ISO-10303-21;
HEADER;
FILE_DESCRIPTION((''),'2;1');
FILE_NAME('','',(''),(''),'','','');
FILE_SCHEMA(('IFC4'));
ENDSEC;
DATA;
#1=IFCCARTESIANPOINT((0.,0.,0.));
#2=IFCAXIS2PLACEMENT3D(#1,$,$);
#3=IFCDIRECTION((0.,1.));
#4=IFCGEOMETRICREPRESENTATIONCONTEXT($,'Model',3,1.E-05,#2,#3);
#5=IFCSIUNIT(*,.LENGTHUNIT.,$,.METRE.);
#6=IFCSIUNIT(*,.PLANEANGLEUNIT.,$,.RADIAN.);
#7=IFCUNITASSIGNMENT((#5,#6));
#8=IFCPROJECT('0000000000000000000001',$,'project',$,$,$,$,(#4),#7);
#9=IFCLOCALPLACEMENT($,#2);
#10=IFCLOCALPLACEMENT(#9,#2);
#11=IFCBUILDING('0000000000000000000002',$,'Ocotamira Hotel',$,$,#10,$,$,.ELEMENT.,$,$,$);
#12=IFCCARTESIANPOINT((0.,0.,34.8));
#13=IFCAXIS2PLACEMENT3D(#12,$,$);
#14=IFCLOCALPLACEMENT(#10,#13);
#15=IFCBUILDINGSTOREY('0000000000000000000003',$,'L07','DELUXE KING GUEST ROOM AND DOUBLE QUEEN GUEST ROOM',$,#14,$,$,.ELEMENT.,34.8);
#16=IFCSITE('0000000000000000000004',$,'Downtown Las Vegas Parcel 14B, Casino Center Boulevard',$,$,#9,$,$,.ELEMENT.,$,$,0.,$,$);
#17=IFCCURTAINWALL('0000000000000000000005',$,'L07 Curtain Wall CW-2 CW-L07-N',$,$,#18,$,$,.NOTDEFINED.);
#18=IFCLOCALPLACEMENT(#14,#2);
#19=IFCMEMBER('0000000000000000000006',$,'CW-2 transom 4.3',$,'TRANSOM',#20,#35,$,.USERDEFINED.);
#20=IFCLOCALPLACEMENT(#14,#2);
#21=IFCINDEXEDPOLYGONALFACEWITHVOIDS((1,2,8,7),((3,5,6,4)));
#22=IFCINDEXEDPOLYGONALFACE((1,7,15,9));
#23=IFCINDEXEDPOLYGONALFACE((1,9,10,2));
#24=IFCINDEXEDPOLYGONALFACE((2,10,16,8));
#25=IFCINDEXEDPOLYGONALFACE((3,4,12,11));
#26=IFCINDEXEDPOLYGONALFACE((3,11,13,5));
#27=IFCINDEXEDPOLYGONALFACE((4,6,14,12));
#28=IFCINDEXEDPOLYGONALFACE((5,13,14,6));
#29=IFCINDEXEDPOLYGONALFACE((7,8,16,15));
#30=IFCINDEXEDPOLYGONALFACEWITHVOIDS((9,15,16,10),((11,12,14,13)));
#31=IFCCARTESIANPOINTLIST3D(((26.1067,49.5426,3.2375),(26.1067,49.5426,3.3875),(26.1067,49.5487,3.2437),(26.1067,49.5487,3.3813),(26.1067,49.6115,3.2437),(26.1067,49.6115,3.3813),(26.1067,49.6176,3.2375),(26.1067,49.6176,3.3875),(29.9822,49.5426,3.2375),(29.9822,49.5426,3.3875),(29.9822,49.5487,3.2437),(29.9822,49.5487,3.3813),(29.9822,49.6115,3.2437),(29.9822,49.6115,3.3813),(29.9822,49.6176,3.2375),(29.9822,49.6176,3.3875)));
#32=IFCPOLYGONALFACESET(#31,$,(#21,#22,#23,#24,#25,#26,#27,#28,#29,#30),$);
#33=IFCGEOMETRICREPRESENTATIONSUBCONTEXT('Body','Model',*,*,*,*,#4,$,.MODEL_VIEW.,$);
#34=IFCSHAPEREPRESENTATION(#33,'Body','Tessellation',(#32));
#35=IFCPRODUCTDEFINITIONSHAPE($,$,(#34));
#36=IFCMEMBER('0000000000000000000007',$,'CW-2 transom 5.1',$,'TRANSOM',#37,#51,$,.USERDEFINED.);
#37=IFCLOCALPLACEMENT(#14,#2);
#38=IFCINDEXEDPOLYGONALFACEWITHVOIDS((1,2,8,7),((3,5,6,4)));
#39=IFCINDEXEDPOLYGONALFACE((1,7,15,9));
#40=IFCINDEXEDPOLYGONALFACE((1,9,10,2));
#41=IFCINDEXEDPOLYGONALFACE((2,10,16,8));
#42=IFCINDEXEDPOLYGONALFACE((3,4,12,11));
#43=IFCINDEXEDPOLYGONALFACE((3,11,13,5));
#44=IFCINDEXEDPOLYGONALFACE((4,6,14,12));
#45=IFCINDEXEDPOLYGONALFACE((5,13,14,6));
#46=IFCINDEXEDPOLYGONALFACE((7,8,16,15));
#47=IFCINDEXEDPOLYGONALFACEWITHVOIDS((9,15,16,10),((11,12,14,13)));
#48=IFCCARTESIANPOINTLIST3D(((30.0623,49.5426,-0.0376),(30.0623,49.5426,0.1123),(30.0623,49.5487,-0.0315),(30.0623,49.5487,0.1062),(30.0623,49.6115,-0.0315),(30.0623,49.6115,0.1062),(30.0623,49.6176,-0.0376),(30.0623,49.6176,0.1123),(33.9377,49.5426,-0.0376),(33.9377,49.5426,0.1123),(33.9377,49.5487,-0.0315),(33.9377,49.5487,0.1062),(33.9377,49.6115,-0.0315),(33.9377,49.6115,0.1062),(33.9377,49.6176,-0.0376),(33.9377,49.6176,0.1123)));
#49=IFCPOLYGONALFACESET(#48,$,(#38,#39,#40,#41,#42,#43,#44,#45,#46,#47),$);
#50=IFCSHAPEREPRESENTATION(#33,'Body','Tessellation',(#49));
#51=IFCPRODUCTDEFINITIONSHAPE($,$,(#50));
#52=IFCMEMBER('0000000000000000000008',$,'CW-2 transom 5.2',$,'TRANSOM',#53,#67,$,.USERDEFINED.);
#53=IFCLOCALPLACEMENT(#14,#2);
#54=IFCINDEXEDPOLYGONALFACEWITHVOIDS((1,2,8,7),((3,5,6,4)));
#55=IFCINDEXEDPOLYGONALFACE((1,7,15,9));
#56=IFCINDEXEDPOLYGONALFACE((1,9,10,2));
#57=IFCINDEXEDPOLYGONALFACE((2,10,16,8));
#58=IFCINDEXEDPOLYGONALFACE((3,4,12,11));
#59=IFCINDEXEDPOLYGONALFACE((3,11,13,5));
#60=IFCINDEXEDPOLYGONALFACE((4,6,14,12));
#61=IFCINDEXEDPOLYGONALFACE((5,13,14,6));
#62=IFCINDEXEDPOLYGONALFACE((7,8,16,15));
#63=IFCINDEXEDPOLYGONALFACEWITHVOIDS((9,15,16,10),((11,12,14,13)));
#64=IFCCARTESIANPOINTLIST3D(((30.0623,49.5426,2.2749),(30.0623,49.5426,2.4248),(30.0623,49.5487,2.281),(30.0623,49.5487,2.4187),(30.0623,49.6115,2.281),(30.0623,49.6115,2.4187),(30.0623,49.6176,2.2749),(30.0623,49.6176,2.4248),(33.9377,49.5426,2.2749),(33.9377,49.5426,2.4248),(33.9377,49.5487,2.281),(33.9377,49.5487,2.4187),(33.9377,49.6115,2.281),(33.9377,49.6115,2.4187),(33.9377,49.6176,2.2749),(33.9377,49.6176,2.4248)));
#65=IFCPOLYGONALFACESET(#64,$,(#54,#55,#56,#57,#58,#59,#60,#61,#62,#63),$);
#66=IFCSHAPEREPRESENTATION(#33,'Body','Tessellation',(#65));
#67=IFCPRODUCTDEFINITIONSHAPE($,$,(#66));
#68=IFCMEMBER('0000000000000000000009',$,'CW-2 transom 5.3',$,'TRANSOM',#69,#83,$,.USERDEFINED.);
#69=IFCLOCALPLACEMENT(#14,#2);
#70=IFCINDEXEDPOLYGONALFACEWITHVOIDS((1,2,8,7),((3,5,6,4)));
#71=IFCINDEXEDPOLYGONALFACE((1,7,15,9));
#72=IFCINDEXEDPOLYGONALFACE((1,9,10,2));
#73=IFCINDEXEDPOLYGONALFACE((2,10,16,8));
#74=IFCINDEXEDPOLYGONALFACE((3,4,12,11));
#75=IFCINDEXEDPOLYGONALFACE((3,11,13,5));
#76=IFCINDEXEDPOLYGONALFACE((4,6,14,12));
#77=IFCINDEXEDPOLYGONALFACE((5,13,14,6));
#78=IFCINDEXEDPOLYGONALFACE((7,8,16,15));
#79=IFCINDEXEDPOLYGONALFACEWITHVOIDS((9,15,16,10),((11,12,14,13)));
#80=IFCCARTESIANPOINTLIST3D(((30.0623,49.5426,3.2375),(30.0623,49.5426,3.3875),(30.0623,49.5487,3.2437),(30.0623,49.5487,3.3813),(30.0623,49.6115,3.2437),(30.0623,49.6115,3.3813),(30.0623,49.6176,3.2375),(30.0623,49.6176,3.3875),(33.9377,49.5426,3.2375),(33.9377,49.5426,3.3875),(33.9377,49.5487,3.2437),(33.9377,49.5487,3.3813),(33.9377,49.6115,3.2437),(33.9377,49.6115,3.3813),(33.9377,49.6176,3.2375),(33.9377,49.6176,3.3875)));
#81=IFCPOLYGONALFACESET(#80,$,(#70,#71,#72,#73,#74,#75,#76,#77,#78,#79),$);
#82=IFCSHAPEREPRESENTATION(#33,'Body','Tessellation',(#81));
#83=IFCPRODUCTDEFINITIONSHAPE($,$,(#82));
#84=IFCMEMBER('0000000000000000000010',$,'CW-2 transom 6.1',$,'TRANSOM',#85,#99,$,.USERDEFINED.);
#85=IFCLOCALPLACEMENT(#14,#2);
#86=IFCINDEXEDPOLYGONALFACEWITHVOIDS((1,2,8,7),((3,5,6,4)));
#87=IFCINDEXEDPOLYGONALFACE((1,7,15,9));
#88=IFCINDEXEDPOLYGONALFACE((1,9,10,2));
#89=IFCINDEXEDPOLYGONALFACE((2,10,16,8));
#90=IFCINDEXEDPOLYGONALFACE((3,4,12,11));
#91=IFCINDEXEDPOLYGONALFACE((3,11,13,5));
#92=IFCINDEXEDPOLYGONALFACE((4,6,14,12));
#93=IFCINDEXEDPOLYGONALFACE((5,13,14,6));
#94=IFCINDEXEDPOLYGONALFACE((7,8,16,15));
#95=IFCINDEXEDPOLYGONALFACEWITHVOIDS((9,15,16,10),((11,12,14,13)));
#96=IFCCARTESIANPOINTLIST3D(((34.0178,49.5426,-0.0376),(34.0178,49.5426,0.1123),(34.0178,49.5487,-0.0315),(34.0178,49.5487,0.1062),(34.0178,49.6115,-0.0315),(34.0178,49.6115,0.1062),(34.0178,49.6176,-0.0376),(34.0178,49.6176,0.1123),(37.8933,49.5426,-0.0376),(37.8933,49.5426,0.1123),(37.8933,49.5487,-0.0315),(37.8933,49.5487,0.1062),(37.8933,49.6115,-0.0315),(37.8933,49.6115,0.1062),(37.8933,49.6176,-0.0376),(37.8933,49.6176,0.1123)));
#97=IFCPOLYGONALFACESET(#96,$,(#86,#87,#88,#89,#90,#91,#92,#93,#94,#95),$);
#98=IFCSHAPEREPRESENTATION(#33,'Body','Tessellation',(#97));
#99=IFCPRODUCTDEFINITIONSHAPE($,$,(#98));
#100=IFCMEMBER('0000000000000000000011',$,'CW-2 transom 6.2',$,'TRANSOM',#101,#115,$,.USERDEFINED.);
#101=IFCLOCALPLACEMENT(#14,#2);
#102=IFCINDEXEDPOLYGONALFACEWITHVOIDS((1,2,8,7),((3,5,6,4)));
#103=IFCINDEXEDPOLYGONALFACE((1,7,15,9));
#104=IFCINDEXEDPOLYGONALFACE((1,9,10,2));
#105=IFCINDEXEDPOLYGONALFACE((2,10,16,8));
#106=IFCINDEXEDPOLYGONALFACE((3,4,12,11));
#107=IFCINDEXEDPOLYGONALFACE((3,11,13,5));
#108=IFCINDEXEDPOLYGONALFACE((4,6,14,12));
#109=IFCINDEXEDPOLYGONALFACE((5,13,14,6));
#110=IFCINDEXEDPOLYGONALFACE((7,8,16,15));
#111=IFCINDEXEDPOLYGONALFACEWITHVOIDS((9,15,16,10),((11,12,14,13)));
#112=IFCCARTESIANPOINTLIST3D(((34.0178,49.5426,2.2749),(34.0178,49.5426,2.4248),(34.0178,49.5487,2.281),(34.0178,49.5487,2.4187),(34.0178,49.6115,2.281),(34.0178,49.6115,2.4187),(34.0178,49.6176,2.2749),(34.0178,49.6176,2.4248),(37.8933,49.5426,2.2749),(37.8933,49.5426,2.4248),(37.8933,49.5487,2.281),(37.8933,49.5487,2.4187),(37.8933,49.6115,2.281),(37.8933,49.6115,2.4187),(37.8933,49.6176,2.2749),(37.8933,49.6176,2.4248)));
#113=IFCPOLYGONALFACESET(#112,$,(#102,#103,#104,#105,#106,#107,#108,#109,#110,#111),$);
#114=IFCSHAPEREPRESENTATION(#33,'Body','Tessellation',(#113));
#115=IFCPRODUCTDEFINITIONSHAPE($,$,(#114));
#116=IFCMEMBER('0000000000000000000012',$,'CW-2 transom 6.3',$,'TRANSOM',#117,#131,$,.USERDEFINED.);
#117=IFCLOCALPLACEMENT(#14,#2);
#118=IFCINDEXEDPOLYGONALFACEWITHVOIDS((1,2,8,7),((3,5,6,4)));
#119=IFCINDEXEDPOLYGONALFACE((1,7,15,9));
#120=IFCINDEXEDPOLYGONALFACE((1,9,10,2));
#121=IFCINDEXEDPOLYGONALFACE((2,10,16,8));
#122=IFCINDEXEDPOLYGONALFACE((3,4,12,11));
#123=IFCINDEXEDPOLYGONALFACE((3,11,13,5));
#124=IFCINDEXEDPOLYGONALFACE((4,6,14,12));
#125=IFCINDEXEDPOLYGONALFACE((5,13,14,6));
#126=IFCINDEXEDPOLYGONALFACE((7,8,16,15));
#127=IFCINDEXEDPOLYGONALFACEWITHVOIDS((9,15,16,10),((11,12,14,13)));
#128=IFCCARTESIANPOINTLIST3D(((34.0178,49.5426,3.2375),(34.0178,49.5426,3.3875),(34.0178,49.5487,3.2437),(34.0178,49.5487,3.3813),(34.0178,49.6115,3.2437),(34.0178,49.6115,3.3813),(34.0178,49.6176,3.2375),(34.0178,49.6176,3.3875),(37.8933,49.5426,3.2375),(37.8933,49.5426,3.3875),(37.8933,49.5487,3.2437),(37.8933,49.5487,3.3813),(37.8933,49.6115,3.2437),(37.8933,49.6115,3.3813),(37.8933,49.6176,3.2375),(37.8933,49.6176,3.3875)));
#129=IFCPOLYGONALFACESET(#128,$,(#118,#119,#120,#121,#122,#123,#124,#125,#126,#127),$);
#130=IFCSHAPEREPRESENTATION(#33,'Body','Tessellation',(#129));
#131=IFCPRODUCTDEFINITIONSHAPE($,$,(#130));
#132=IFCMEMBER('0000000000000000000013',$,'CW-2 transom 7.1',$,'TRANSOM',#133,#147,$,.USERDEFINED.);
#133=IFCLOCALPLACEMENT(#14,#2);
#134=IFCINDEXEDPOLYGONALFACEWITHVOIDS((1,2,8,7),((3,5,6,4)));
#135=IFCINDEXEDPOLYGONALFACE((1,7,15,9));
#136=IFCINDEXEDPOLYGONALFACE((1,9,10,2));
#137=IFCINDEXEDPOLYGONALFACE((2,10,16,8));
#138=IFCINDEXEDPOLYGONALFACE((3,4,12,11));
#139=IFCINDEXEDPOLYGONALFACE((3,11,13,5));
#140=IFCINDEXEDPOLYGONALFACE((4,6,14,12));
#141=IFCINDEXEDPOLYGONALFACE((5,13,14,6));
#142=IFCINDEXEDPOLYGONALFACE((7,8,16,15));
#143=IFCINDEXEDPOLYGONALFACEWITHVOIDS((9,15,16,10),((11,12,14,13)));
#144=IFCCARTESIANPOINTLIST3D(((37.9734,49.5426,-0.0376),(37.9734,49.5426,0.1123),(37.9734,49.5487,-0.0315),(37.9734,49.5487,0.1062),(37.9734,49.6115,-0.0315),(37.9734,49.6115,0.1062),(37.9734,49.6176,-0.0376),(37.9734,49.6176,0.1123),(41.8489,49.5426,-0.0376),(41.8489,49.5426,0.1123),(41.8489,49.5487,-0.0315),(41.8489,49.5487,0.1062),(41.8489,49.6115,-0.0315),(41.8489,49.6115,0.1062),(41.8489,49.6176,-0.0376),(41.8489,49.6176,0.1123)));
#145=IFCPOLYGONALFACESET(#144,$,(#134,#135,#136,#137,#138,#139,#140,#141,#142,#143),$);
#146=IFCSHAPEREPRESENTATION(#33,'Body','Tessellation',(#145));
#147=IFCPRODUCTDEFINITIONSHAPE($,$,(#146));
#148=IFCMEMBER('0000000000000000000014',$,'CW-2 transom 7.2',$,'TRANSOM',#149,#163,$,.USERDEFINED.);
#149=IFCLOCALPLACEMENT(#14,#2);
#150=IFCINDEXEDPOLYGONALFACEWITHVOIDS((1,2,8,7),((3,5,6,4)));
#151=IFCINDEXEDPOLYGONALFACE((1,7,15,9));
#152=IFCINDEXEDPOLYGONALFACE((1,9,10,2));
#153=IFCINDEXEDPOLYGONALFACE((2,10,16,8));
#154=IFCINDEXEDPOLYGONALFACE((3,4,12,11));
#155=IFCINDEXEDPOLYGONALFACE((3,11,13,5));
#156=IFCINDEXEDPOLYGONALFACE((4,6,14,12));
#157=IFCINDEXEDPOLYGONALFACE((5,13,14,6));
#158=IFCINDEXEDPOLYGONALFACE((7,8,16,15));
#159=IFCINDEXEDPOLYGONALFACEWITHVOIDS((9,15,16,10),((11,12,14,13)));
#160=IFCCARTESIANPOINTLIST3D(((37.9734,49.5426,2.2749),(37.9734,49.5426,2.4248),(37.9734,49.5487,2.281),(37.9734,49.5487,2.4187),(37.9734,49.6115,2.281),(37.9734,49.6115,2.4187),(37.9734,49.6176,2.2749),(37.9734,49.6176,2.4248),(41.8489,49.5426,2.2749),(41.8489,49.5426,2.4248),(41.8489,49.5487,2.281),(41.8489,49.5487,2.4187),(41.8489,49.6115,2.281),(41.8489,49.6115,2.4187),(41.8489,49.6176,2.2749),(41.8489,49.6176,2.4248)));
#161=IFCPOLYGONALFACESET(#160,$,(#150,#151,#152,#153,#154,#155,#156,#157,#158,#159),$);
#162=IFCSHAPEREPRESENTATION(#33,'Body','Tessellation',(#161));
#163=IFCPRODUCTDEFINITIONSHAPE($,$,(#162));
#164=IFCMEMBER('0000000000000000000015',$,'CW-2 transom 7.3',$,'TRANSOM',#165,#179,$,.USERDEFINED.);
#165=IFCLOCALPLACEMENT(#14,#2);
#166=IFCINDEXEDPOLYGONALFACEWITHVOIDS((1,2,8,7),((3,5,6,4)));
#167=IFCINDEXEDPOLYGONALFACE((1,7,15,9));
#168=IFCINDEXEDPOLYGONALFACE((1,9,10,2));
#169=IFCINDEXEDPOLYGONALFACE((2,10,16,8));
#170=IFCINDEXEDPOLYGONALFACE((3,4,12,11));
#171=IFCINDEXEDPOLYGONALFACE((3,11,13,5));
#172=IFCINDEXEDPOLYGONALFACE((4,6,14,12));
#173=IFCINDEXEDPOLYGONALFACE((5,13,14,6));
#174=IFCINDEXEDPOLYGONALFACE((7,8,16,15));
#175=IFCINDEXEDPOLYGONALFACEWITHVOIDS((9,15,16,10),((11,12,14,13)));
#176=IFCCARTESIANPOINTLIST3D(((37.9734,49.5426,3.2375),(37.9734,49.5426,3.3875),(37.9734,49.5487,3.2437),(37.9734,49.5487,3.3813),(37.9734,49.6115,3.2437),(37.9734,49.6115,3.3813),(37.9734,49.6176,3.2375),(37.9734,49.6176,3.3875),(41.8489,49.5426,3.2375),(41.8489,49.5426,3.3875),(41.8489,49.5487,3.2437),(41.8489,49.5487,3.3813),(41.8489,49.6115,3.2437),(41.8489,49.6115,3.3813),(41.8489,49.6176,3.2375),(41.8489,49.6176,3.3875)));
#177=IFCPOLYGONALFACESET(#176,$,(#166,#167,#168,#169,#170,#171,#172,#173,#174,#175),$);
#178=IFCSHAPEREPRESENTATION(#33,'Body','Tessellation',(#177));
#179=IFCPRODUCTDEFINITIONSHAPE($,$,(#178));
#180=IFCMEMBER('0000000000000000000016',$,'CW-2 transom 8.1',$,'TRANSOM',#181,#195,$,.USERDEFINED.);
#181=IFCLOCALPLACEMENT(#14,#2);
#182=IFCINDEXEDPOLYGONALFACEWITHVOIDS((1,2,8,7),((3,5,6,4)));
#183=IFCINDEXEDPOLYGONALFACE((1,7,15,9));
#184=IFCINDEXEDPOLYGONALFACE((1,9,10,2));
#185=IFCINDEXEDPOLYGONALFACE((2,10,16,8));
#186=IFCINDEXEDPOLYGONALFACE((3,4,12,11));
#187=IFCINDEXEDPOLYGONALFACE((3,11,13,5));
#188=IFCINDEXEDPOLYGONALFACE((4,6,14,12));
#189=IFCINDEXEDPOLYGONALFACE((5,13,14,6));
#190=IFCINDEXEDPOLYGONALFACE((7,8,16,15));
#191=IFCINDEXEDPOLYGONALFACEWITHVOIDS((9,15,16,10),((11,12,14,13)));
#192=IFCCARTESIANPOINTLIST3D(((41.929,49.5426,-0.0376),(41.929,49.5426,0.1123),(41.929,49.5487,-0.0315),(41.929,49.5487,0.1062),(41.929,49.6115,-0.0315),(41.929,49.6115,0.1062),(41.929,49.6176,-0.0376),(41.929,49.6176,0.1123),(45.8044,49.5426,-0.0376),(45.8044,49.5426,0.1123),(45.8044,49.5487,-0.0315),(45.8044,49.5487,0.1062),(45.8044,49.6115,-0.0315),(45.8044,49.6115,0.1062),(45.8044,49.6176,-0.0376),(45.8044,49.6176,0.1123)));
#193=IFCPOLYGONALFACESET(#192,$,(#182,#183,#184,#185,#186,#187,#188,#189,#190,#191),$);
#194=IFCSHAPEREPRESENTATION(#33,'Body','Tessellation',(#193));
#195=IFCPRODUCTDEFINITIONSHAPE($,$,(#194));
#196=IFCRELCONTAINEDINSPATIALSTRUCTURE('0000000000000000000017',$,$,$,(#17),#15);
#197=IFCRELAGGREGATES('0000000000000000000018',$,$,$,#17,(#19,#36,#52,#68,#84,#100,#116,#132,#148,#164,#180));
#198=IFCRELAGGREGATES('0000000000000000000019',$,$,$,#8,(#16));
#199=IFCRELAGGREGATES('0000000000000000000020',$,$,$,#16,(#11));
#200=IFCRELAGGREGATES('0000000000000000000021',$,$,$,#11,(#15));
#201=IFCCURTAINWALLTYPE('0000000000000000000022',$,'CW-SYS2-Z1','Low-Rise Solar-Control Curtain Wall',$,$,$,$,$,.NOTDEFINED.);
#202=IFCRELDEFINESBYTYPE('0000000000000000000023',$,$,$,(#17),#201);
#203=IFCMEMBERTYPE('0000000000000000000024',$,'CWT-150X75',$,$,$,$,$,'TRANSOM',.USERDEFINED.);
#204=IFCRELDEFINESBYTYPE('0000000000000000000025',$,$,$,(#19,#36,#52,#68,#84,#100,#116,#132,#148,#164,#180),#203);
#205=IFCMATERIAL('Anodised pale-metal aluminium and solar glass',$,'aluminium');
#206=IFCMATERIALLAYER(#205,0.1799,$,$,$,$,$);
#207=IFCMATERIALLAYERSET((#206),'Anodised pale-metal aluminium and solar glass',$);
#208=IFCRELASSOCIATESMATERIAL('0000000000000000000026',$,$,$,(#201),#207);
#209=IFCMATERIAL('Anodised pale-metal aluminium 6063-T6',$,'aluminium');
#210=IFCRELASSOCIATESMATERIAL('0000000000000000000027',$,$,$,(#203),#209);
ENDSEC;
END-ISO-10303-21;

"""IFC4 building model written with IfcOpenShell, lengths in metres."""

from ifc_helpers import new_model, si_unit, direction, frame, origin, origin_2d, place, context, subcontext, project, spatial, hollow_rectangle, extrude, source, transform, mapped, material, layer, layer_set, material_profile, profile_set, type_object, element, aggregate, save


model = new_model("IFC4")

# Units and contexts
model_context = context("Model", 3, precision=1e-05, world=origin(), true_north=direction((0.0, 1.0)))
body_context = subcontext(model_context, "Body", "Model", "MODEL_VIEW")
ifc_project = project(units=[si_unit("LENGTHUNIT", "METRE"), si_unit("PLANEANGLEUNIT", "RADIAN")], contexts=[model_context])

# Site, building, storey
site_placement = place(None, origin())
site = spatial("IfcSite", under=ifc_project, at=site_placement, Name="Downtown Las Vegas Parcel 14B, Casino Center Boulevard", CompositionType="ELEMENT", RefElevation=0.0)
building_placement = place(site_placement, origin())
building = spatial("IfcBuilding", under=site, at=building_placement, Name="Ocotamira Hotel", CompositionType="ELEMENT")
storey_placement = place(building_placement, frame((0.0, 0.0, 34.8)))
storey = spatial("IfcBuildingStorey", under=building, at=storey_placement, Name="L07", Description="DELUXE KING GUEST ROOM AND DOUBLE QUEEN GUEST ROOM", CompositionType="ELEMENT", Elevation=34.8)

# Curtain wall, members
ifc_material_1 = material(Name="Anodised pale-metal aluminium and solar glass", Category="aluminium")
ifc_layer_1 = layer(ifc_material_1, 0.1799)
ifc_layer_set_1 = layer_set([ifc_layer_1], Name="Anodised pale-metal aluminium and solar glass")
curtain_wall_type = type_object("IfcCurtainWallType", Name="CW-SYS2-Z1", Description="Low-Rise Solar-Control Curtain Wall", PredefinedType="NOTDEFINED", material=ifc_layer_set_1)
curtain_wall_placement = place(storey_placement, origin())
curtain_wall = element("IfcCurtainWall", 1, at=curtain_wall_placement, inside=storey, type_object=curtain_wall_type, Name="L07 Curtain Wall CW-2 CW-L07-N", PredefinedType="NOTDEFINED")
ifc_material_2 = material(Name="Anodised pale-metal aluminium 6063-T6", Category="aluminium")
ifc_material_profile_1 = material_profile(ifc_material_2, hollow_rectangle(XDim=0.075, YDim=0.1499, WallThickness=0.0061, at=origin_2d()), Name="HSS150X75X6")
ifc_profile_set_1 = profile_set([ifc_material_profile_1], Name="Anodised pale-metal aluminium 6063-T6")
member_type_1 = type_object("IfcMemberType", Name="CWT-150X75", ElementType="TRANSOM", PredefinedType="USERDEFINED", material=ifc_profile_set_1)
shared_shape_1 = source(origin(), body_context, "Body", "SweptSolid", [
    extrude(hollow_rectangle(XDim=0.075, YDim=0.1499, WallThickness=0.0061, at=origin_2d()), origin(), (0.0, 0.0, 1.0), 3.8755),
])
member_1_placement = place(storey_placement, frame((26.1067, 49.5801, 3.3125), z_axis=(1.0, 0.0, 0.0), x_axis=(0.0, 1.0, 0.0)))
member_1 = element("IfcMember", 2, at=member_1_placement, type_object=member_type_1, Name="CW-2 transom 4.3", ObjectType="TRANSOM", PredefinedType="USERDEFINED", context=body_context, shape_type="MappedRepresentation", body=[
    mapped(shared_shape_1, transform((0.0, 0.0, 0.0), scale=1.0)),
])
member_2_placement = place(storey_placement, frame((30.0623, 49.5801, 0.0374), z_axis=(1.0, 0.0, 0.0), x_axis=(0.0, 1.0, 0.0)))
member_2 = element("IfcMember", 3, at=member_2_placement, type_object=member_type_1, Name="CW-2 transom 5.1", ObjectType="TRANSOM", PredefinedType="USERDEFINED", context=body_context, shape_type="MappedRepresentation", body=[
    mapped(shared_shape_1, transform((0.0, 0.0, 0.0), scale=1.0)),
])
member_3_placement = place(storey_placement, frame((30.0623, 49.5801, 2.3499), z_axis=(1.0, 0.0, 0.0), x_axis=(0.0, 1.0, 0.0)))
member_3 = element("IfcMember", 4, at=member_3_placement, type_object=member_type_1, Name="CW-2 transom 5.2", ObjectType="TRANSOM", PredefinedType="USERDEFINED", context=body_context, shape_type="MappedRepresentation", body=[
    mapped(shared_shape_1, transform((0.0, 0.0, 0.0), scale=1.0)),
])
member_4_placement = place(storey_placement, frame((30.0623, 49.5801, 3.3125), z_axis=(1.0, 0.0, 0.0), x_axis=(0.0, 1.0, 0.0)))
member_4 = element("IfcMember", 5, at=member_4_placement, type_object=member_type_1, Name="CW-2 transom 5.3", ObjectType="TRANSOM", PredefinedType="USERDEFINED", context=body_context, shape_type="MappedRepresentation", body=[
    mapped(shared_shape_1, transform((0.0, 0.0, 0.0), scale=1.0)),
])
member_5_placement = place(storey_placement, frame((34.0178, 49.5801, 0.0374), z_axis=(1.0, 0.0, 0.0), x_axis=(0.0, 1.0, 0.0)))
member_5 = element("IfcMember", 6, at=member_5_placement, type_object=member_type_1, Name="CW-2 transom 6.1", ObjectType="TRANSOM", PredefinedType="USERDEFINED", context=body_context, shape_type="MappedRepresentation", body=[
    mapped(shared_shape_1, transform((0.0, 0.0, 0.0), scale=1.0)),
])
member_6_placement = place(storey_placement, frame((34.0178, 49.5801, 2.3499), z_axis=(1.0, 0.0, 0.0), x_axis=(0.0, 1.0, 0.0)))
member_6 = element("IfcMember", 7, at=member_6_placement, type_object=member_type_1, Name="CW-2 transom 6.2", ObjectType="TRANSOM", PredefinedType="USERDEFINED", context=body_context, shape_type="MappedRepresentation", body=[
    mapped(shared_shape_1, transform((0.0, 0.0, 0.0), scale=1.0)),
])
member_7_placement = place(storey_placement, frame((34.0178, 49.5801, 3.3125), z_axis=(1.0, 0.0, 0.0), x_axis=(0.0, 1.0, 0.0)))
member_7 = element("IfcMember", 8, at=member_7_placement, type_object=member_type_1, Name="CW-2 transom 6.3", ObjectType="TRANSOM", PredefinedType="USERDEFINED", context=body_context, shape_type="MappedRepresentation", body=[
    mapped(shared_shape_1, transform((0.0, 0.0, 0.0), scale=1.0)),
])
member_8_placement = place(storey_placement, frame((37.9734, 49.5801, 0.0374), z_axis=(1.0, 0.0, 0.0), x_axis=(0.0, 1.0, 0.0)))
member_8 = element("IfcMember", 9, at=member_8_placement, type_object=member_type_1, Name="CW-2 transom 7.1", ObjectType="TRANSOM", PredefinedType="USERDEFINED", context=body_context, shape_type="MappedRepresentation", body=[
    mapped(shared_shape_1, transform((0.0, 0.0, 0.0), scale=1.0)),
])
member_9_placement = place(storey_placement, frame((37.9734, 49.5801, 2.3499), z_axis=(1.0, 0.0, 0.0), x_axis=(0.0, 1.0, 0.0)))
member_9 = element("IfcMember", 10, at=member_9_placement, type_object=member_type_1, Name="CW-2 transom 7.2", ObjectType="TRANSOM", PredefinedType="USERDEFINED", context=body_context, shape_type="MappedRepresentation", body=[
    mapped(shared_shape_1, transform((0.0, 0.0, 0.0), scale=1.0)),
])
member_10_placement = place(storey_placement, frame((37.9734, 49.5801, 3.3125), z_axis=(1.0, 0.0, 0.0), x_axis=(0.0, 1.0, 0.0)))
member_10 = element("IfcMember", 11, at=member_10_placement, type_object=member_type_1, Name="CW-2 transom 7.3", ObjectType="TRANSOM", PredefinedType="USERDEFINED", context=body_context, shape_type="MappedRepresentation", body=[
    mapped(shared_shape_1, transform((0.0, 0.0, 0.0), scale=1.0)),
])
member_11_placement = place(storey_placement, frame((41.929, 49.5801, 0.0374), z_axis=(1.0, 0.0, 0.0), x_axis=(0.0, 1.0, 0.0)))
member_11 = element("IfcMember", 12, at=member_11_placement, type_object=member_type_1, Name="CW-2 transom 8.1", ObjectType="TRANSOM", PredefinedType="USERDEFINED", context=body_context, shape_type="MappedRepresentation", body=[
    mapped(shared_shape_1, transform((0.0, 0.0, 0.0), scale=1.0)),
])

aggregate(curtain_wall, [member_1, member_2, member_3, member_4, member_5, member_6, member_7, member_8, member_9, member_10, member_11])

save(model, "model.ifc")
